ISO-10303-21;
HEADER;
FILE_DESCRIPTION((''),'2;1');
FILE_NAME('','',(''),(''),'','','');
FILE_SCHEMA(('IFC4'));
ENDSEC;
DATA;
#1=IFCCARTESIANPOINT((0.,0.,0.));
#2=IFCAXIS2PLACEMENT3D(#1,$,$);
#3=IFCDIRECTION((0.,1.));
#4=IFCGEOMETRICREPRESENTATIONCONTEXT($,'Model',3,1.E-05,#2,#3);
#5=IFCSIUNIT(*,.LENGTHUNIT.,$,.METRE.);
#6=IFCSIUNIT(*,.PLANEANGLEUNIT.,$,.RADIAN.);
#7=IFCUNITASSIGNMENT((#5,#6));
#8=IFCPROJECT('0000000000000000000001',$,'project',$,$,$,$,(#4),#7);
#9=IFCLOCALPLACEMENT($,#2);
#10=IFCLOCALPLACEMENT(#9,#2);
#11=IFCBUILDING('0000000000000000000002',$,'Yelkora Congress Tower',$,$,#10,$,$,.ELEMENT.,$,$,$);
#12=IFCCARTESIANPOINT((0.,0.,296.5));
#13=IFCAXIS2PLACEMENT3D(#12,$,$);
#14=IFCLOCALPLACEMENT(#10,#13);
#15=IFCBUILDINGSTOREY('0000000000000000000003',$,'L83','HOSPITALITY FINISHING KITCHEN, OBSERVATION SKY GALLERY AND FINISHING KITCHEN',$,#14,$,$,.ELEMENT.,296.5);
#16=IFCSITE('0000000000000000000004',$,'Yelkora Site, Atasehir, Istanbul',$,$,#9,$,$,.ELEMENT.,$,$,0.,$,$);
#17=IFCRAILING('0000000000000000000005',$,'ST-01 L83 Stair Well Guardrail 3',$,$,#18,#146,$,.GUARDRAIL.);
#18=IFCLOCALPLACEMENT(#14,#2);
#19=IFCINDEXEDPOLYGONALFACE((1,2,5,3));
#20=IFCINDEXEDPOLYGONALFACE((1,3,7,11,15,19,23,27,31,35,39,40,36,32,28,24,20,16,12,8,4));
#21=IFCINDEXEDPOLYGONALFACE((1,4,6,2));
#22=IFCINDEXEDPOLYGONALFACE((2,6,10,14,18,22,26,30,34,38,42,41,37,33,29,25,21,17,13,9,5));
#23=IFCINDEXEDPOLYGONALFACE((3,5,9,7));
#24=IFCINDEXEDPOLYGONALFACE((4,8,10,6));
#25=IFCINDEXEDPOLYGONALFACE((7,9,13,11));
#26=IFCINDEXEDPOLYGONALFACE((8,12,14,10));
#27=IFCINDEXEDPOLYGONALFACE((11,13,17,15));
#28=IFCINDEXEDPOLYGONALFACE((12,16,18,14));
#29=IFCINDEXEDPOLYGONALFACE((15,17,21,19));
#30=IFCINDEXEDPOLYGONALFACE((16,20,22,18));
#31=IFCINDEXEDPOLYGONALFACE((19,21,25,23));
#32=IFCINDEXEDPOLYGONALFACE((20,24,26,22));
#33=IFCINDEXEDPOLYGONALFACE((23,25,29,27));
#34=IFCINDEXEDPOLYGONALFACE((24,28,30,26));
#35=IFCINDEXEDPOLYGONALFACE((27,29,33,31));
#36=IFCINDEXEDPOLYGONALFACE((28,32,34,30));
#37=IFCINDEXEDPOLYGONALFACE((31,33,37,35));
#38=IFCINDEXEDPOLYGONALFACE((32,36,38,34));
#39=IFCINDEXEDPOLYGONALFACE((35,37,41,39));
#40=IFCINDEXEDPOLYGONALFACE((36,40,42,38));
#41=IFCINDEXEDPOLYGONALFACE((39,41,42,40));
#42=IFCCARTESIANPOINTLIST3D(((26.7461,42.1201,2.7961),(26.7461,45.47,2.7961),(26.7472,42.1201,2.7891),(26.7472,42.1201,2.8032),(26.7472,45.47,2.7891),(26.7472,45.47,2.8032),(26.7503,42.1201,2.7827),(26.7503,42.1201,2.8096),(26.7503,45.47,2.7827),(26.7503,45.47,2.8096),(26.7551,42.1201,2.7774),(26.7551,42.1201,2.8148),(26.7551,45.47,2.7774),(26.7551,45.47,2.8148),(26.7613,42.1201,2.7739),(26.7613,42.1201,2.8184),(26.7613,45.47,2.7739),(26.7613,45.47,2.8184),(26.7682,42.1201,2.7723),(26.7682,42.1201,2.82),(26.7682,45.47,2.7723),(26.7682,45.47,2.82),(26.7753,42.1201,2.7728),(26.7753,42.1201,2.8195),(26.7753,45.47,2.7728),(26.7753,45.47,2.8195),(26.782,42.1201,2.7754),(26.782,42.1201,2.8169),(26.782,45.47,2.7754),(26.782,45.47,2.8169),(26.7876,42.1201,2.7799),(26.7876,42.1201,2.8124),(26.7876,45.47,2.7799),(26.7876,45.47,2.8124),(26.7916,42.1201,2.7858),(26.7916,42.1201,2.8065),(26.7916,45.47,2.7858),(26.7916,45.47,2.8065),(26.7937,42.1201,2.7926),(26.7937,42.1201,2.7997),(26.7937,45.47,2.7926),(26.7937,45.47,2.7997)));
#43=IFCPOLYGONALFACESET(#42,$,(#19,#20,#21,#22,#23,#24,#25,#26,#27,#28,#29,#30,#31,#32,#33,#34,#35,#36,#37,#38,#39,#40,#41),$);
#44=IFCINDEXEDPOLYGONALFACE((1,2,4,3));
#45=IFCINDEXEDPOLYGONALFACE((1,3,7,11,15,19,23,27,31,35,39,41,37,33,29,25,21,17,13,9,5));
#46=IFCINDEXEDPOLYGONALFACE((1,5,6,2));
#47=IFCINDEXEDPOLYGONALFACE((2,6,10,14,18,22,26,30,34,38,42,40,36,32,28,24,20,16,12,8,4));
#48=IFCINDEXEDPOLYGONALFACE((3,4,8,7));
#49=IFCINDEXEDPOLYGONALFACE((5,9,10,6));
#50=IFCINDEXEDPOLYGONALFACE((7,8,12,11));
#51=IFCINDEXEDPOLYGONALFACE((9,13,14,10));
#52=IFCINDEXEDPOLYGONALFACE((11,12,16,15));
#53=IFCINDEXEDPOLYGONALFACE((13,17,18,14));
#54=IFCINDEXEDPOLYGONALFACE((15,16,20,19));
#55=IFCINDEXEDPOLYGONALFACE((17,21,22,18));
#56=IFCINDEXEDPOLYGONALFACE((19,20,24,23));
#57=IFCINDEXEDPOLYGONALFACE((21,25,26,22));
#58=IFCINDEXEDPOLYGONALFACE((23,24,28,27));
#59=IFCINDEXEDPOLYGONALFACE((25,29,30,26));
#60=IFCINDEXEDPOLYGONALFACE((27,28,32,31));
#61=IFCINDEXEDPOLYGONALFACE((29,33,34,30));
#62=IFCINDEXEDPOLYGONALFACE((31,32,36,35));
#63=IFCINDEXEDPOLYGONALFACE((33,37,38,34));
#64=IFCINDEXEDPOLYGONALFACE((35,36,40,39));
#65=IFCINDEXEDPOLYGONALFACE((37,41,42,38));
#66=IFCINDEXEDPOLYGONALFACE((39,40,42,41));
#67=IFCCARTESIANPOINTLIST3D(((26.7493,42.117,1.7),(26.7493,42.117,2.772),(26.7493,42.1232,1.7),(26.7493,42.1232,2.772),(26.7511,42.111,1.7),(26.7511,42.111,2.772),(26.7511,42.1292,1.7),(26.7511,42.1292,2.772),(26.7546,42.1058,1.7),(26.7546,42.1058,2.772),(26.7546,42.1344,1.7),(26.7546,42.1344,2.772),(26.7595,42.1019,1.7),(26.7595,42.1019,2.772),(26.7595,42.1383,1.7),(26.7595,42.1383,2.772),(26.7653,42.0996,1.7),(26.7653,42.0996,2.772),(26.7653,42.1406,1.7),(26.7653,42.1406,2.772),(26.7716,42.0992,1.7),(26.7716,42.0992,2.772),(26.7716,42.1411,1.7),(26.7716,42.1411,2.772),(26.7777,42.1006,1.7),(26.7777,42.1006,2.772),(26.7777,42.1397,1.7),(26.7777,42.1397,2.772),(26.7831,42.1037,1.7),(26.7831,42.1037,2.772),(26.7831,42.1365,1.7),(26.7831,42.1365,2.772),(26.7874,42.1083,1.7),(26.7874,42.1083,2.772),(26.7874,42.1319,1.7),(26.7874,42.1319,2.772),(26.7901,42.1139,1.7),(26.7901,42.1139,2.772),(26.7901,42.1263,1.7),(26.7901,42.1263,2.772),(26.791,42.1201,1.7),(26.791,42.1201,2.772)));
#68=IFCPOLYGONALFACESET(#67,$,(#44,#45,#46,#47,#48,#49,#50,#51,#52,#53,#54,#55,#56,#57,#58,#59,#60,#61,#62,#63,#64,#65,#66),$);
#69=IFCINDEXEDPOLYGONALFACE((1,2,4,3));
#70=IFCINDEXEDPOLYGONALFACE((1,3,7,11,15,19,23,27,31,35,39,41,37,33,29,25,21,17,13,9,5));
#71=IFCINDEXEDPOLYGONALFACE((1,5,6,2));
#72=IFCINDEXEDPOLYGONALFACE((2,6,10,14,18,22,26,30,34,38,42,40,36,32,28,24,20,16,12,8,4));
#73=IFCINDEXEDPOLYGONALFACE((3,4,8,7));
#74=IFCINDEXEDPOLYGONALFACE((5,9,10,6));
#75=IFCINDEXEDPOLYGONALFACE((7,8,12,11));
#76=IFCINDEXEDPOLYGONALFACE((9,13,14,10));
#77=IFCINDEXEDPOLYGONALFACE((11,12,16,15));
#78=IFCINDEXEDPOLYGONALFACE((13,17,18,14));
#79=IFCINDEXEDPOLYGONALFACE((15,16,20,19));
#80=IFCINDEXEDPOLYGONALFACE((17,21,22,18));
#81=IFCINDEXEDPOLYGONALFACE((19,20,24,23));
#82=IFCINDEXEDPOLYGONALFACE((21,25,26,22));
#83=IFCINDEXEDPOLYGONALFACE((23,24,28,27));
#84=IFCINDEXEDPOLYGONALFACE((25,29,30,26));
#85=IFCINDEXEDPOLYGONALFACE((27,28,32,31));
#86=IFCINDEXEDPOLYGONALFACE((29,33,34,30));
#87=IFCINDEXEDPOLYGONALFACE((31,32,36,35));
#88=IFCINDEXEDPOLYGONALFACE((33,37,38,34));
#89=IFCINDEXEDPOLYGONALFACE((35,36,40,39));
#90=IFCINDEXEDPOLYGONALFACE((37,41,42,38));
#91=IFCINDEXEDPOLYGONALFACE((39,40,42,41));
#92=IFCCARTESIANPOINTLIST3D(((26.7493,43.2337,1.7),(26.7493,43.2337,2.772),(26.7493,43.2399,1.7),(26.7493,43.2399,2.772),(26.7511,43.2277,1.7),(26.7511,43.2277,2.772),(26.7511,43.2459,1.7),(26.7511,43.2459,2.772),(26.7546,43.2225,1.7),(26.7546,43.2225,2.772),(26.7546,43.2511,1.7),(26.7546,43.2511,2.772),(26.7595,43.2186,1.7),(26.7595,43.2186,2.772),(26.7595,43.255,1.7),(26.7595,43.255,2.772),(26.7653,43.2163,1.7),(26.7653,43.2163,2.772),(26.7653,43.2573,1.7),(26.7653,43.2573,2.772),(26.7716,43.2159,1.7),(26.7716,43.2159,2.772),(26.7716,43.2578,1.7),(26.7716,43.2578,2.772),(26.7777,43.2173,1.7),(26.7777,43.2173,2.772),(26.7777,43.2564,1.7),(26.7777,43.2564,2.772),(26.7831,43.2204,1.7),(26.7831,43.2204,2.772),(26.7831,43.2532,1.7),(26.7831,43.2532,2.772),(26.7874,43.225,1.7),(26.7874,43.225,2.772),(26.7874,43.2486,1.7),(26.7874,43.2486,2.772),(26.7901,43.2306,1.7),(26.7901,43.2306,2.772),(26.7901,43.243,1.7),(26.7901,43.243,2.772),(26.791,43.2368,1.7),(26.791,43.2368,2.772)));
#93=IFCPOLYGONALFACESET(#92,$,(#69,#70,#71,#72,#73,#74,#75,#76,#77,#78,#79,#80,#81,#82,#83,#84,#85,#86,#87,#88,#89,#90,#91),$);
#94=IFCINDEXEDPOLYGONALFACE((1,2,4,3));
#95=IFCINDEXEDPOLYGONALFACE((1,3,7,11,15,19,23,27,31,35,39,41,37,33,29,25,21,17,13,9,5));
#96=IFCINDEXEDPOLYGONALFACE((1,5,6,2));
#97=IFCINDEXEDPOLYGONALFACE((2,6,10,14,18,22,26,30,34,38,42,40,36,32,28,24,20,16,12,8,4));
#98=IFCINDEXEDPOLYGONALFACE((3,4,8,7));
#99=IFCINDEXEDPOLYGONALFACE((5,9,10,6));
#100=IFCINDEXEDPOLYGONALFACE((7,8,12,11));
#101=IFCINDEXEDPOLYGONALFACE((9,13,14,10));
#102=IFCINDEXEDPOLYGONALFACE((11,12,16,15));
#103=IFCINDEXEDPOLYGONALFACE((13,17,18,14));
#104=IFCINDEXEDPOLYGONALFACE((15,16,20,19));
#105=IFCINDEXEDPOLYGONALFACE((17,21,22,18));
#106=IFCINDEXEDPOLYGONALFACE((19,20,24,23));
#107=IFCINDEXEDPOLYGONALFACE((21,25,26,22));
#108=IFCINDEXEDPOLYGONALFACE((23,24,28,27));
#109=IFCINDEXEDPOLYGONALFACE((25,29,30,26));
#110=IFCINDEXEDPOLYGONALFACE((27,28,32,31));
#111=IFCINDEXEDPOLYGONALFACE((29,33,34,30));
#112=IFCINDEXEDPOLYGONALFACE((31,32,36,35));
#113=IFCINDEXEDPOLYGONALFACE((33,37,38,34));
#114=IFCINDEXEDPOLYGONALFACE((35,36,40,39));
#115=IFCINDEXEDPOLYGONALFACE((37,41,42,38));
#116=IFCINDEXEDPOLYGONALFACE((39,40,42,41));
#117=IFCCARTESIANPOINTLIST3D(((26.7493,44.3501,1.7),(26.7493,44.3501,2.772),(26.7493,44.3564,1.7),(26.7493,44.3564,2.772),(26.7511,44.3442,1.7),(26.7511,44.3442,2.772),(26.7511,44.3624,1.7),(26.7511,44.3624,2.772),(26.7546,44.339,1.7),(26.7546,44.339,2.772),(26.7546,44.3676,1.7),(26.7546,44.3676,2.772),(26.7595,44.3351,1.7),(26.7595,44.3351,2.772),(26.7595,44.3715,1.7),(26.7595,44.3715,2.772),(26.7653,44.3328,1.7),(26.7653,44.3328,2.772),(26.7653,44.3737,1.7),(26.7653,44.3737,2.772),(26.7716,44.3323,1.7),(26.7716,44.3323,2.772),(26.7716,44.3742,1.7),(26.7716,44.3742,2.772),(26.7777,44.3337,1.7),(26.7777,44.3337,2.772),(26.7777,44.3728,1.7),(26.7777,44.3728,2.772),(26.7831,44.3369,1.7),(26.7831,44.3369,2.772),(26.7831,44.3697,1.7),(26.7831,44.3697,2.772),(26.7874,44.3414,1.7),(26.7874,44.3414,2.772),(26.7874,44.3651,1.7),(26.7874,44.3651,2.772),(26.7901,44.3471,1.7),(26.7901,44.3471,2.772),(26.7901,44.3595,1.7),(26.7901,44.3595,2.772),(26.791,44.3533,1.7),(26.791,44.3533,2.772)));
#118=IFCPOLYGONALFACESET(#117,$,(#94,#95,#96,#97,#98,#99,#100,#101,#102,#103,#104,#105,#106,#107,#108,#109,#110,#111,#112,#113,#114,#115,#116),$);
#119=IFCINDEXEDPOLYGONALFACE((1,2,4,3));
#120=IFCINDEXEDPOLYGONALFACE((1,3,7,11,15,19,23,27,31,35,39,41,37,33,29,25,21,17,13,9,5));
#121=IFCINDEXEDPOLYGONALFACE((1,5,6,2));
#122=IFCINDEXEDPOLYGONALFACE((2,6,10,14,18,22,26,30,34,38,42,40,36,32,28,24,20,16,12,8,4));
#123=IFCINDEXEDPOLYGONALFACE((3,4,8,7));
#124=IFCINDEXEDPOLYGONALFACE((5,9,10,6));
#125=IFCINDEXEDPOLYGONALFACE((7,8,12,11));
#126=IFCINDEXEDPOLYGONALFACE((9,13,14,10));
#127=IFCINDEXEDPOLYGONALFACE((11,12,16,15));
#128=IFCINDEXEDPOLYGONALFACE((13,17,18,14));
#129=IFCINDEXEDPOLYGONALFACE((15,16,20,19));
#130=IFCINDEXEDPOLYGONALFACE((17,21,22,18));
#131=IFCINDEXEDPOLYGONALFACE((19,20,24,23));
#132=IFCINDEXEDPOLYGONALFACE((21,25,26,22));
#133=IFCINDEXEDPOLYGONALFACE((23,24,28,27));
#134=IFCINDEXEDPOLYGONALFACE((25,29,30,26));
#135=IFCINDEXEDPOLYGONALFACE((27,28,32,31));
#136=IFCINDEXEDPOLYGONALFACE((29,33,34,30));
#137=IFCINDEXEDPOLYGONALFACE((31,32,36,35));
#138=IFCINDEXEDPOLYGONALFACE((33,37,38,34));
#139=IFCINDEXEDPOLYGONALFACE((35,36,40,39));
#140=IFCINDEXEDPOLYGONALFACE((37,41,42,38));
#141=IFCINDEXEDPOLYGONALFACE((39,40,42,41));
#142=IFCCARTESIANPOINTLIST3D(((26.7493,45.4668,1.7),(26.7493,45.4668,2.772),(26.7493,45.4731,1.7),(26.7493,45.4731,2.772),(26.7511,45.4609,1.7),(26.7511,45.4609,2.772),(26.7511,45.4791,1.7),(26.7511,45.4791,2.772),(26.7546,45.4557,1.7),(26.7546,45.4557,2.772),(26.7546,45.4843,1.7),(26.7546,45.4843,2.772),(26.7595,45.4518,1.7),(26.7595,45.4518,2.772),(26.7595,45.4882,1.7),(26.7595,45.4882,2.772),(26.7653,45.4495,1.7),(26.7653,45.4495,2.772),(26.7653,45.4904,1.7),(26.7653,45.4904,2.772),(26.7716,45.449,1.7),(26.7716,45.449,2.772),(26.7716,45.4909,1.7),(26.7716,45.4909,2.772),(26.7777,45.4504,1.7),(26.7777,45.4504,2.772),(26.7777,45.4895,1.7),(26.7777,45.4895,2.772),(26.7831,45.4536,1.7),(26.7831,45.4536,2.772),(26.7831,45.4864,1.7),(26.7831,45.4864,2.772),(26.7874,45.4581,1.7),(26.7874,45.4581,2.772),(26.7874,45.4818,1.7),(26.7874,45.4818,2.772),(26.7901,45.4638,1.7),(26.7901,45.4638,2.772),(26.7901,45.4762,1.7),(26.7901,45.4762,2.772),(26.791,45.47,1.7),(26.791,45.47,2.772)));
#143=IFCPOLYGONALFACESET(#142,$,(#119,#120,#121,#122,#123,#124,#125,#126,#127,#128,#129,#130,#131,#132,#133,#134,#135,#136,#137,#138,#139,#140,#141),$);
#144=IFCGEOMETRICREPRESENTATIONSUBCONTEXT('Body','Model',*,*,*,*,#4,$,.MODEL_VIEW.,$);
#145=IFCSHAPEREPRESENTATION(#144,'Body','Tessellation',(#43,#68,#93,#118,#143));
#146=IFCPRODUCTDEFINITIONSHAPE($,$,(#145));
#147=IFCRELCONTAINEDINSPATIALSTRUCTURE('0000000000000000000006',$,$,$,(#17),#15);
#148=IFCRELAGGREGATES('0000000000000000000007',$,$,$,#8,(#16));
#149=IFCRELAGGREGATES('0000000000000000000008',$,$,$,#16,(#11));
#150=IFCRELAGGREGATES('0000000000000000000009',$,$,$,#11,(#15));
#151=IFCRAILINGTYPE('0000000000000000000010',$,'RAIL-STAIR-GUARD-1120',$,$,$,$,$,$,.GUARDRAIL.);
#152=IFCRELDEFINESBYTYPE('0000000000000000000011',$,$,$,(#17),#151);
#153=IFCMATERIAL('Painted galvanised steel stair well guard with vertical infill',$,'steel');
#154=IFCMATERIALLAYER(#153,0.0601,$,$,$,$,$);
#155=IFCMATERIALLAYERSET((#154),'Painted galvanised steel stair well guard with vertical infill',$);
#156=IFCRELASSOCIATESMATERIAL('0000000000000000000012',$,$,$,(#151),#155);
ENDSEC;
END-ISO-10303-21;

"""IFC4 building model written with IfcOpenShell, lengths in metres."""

from ifc_helpers import new_model, si_unit, direction, frame, origin, origin_2d, place, context, subcontext, project, spatial, circle, extrude, material, layer, layer_set, type_object, element, save


model = new_model("IFC4")

# Units and contexts
model_context = context("Model", 3, precision=1e-05, world=origin(), true_north=direction((0.0, 1.0)))
body_context = subcontext(model_context, "Body", "Model", "MODEL_VIEW")
ifc_project = project(units=[si_unit("LENGTHUNIT", "METRE"), si_unit("PLANEANGLEUNIT", "RADIAN")], contexts=[model_context])

# Site, building, storey
site_placement = place(None, origin())
site = spatial("IfcSite", under=ifc_project, at=site_placement, Name="Yelkora Site, Atasehir, Istanbul", CompositionType="ELEMENT", RefElevation=0.0)
building_placement = place(site_placement, origin())
building = spatial("IfcBuilding", under=site, at=building_placement, Name="Yelkora Congress Tower", CompositionType="ELEMENT")
storey_placement = place(building_placement, frame((0.0, 0.0, 296.5)))
storey = spatial("IfcBuildingStorey", under=building, at=storey_placement, Name="L83", Description="HOSPITALITY FINISHING KITCHEN, OBSERVATION SKY GALLERY AND FINISHING KITCHEN", CompositionType="ELEMENT", Elevation=296.5)

# Railing
ifc_material_1 = material(Name="Painted galvanised steel stair well guard with vertical infill", Category="steel")
ifc_layer_1 = layer(ifc_material_1, 0.0601)
ifc_layer_set_1 = layer_set([ifc_layer_1], Name="Painted galvanised steel stair well guard with vertical infill")
railing_type_1 = type_object("IfcRailingType", Name="RAIL-STAIR-GUARD-1120", PredefinedType="GUARDRAIL", material=ifc_layer_set_1)
for number, where, name in (
    (1, (26.77, 42.1201, 1.7), "ST-01 L83 Stair Well Guardrail 3"),
):
    element("IfcRailing", number, at=place(storey_placement, frame(where)), inside=storey, type_object=railing_type_1, Name=name, PredefinedType="GUARDRAIL", context=body_context, shape_type="SweptSolid", body=[
        extrude(circle(Radius=0.0239, at=origin_2d()), frame((0.0, 0.0, 1.0962), z_axis=(0.0, 1.0, 0.0), x_axis=(-1.0, 0.0, 0.0)), (0.0, 0.0, 1.0), 3.3499),
        extrude(circle(Radius=0.021, at=origin_2d()), origin(), (0.0, 0.0, 1.0), 1.072),
        extrude(circle(Radius=0.021, at=origin_2d()), frame((0.0, 1.1167, 0.0)), (0.0, 0.0, 1.0), 1.072),
        extrude(circle(Radius=0.021, at=origin_2d()), frame((0.0, 2.2332, 0.0)), (0.0, 0.0, 1.0), 1.072),
        extrude(circle(Radius=0.021, at=origin_2d()), frame((0.0, 3.3499, 0.0)), (0.0, 0.0, 1.0), 1.072),
    ])

save(model, "model.ifc")
